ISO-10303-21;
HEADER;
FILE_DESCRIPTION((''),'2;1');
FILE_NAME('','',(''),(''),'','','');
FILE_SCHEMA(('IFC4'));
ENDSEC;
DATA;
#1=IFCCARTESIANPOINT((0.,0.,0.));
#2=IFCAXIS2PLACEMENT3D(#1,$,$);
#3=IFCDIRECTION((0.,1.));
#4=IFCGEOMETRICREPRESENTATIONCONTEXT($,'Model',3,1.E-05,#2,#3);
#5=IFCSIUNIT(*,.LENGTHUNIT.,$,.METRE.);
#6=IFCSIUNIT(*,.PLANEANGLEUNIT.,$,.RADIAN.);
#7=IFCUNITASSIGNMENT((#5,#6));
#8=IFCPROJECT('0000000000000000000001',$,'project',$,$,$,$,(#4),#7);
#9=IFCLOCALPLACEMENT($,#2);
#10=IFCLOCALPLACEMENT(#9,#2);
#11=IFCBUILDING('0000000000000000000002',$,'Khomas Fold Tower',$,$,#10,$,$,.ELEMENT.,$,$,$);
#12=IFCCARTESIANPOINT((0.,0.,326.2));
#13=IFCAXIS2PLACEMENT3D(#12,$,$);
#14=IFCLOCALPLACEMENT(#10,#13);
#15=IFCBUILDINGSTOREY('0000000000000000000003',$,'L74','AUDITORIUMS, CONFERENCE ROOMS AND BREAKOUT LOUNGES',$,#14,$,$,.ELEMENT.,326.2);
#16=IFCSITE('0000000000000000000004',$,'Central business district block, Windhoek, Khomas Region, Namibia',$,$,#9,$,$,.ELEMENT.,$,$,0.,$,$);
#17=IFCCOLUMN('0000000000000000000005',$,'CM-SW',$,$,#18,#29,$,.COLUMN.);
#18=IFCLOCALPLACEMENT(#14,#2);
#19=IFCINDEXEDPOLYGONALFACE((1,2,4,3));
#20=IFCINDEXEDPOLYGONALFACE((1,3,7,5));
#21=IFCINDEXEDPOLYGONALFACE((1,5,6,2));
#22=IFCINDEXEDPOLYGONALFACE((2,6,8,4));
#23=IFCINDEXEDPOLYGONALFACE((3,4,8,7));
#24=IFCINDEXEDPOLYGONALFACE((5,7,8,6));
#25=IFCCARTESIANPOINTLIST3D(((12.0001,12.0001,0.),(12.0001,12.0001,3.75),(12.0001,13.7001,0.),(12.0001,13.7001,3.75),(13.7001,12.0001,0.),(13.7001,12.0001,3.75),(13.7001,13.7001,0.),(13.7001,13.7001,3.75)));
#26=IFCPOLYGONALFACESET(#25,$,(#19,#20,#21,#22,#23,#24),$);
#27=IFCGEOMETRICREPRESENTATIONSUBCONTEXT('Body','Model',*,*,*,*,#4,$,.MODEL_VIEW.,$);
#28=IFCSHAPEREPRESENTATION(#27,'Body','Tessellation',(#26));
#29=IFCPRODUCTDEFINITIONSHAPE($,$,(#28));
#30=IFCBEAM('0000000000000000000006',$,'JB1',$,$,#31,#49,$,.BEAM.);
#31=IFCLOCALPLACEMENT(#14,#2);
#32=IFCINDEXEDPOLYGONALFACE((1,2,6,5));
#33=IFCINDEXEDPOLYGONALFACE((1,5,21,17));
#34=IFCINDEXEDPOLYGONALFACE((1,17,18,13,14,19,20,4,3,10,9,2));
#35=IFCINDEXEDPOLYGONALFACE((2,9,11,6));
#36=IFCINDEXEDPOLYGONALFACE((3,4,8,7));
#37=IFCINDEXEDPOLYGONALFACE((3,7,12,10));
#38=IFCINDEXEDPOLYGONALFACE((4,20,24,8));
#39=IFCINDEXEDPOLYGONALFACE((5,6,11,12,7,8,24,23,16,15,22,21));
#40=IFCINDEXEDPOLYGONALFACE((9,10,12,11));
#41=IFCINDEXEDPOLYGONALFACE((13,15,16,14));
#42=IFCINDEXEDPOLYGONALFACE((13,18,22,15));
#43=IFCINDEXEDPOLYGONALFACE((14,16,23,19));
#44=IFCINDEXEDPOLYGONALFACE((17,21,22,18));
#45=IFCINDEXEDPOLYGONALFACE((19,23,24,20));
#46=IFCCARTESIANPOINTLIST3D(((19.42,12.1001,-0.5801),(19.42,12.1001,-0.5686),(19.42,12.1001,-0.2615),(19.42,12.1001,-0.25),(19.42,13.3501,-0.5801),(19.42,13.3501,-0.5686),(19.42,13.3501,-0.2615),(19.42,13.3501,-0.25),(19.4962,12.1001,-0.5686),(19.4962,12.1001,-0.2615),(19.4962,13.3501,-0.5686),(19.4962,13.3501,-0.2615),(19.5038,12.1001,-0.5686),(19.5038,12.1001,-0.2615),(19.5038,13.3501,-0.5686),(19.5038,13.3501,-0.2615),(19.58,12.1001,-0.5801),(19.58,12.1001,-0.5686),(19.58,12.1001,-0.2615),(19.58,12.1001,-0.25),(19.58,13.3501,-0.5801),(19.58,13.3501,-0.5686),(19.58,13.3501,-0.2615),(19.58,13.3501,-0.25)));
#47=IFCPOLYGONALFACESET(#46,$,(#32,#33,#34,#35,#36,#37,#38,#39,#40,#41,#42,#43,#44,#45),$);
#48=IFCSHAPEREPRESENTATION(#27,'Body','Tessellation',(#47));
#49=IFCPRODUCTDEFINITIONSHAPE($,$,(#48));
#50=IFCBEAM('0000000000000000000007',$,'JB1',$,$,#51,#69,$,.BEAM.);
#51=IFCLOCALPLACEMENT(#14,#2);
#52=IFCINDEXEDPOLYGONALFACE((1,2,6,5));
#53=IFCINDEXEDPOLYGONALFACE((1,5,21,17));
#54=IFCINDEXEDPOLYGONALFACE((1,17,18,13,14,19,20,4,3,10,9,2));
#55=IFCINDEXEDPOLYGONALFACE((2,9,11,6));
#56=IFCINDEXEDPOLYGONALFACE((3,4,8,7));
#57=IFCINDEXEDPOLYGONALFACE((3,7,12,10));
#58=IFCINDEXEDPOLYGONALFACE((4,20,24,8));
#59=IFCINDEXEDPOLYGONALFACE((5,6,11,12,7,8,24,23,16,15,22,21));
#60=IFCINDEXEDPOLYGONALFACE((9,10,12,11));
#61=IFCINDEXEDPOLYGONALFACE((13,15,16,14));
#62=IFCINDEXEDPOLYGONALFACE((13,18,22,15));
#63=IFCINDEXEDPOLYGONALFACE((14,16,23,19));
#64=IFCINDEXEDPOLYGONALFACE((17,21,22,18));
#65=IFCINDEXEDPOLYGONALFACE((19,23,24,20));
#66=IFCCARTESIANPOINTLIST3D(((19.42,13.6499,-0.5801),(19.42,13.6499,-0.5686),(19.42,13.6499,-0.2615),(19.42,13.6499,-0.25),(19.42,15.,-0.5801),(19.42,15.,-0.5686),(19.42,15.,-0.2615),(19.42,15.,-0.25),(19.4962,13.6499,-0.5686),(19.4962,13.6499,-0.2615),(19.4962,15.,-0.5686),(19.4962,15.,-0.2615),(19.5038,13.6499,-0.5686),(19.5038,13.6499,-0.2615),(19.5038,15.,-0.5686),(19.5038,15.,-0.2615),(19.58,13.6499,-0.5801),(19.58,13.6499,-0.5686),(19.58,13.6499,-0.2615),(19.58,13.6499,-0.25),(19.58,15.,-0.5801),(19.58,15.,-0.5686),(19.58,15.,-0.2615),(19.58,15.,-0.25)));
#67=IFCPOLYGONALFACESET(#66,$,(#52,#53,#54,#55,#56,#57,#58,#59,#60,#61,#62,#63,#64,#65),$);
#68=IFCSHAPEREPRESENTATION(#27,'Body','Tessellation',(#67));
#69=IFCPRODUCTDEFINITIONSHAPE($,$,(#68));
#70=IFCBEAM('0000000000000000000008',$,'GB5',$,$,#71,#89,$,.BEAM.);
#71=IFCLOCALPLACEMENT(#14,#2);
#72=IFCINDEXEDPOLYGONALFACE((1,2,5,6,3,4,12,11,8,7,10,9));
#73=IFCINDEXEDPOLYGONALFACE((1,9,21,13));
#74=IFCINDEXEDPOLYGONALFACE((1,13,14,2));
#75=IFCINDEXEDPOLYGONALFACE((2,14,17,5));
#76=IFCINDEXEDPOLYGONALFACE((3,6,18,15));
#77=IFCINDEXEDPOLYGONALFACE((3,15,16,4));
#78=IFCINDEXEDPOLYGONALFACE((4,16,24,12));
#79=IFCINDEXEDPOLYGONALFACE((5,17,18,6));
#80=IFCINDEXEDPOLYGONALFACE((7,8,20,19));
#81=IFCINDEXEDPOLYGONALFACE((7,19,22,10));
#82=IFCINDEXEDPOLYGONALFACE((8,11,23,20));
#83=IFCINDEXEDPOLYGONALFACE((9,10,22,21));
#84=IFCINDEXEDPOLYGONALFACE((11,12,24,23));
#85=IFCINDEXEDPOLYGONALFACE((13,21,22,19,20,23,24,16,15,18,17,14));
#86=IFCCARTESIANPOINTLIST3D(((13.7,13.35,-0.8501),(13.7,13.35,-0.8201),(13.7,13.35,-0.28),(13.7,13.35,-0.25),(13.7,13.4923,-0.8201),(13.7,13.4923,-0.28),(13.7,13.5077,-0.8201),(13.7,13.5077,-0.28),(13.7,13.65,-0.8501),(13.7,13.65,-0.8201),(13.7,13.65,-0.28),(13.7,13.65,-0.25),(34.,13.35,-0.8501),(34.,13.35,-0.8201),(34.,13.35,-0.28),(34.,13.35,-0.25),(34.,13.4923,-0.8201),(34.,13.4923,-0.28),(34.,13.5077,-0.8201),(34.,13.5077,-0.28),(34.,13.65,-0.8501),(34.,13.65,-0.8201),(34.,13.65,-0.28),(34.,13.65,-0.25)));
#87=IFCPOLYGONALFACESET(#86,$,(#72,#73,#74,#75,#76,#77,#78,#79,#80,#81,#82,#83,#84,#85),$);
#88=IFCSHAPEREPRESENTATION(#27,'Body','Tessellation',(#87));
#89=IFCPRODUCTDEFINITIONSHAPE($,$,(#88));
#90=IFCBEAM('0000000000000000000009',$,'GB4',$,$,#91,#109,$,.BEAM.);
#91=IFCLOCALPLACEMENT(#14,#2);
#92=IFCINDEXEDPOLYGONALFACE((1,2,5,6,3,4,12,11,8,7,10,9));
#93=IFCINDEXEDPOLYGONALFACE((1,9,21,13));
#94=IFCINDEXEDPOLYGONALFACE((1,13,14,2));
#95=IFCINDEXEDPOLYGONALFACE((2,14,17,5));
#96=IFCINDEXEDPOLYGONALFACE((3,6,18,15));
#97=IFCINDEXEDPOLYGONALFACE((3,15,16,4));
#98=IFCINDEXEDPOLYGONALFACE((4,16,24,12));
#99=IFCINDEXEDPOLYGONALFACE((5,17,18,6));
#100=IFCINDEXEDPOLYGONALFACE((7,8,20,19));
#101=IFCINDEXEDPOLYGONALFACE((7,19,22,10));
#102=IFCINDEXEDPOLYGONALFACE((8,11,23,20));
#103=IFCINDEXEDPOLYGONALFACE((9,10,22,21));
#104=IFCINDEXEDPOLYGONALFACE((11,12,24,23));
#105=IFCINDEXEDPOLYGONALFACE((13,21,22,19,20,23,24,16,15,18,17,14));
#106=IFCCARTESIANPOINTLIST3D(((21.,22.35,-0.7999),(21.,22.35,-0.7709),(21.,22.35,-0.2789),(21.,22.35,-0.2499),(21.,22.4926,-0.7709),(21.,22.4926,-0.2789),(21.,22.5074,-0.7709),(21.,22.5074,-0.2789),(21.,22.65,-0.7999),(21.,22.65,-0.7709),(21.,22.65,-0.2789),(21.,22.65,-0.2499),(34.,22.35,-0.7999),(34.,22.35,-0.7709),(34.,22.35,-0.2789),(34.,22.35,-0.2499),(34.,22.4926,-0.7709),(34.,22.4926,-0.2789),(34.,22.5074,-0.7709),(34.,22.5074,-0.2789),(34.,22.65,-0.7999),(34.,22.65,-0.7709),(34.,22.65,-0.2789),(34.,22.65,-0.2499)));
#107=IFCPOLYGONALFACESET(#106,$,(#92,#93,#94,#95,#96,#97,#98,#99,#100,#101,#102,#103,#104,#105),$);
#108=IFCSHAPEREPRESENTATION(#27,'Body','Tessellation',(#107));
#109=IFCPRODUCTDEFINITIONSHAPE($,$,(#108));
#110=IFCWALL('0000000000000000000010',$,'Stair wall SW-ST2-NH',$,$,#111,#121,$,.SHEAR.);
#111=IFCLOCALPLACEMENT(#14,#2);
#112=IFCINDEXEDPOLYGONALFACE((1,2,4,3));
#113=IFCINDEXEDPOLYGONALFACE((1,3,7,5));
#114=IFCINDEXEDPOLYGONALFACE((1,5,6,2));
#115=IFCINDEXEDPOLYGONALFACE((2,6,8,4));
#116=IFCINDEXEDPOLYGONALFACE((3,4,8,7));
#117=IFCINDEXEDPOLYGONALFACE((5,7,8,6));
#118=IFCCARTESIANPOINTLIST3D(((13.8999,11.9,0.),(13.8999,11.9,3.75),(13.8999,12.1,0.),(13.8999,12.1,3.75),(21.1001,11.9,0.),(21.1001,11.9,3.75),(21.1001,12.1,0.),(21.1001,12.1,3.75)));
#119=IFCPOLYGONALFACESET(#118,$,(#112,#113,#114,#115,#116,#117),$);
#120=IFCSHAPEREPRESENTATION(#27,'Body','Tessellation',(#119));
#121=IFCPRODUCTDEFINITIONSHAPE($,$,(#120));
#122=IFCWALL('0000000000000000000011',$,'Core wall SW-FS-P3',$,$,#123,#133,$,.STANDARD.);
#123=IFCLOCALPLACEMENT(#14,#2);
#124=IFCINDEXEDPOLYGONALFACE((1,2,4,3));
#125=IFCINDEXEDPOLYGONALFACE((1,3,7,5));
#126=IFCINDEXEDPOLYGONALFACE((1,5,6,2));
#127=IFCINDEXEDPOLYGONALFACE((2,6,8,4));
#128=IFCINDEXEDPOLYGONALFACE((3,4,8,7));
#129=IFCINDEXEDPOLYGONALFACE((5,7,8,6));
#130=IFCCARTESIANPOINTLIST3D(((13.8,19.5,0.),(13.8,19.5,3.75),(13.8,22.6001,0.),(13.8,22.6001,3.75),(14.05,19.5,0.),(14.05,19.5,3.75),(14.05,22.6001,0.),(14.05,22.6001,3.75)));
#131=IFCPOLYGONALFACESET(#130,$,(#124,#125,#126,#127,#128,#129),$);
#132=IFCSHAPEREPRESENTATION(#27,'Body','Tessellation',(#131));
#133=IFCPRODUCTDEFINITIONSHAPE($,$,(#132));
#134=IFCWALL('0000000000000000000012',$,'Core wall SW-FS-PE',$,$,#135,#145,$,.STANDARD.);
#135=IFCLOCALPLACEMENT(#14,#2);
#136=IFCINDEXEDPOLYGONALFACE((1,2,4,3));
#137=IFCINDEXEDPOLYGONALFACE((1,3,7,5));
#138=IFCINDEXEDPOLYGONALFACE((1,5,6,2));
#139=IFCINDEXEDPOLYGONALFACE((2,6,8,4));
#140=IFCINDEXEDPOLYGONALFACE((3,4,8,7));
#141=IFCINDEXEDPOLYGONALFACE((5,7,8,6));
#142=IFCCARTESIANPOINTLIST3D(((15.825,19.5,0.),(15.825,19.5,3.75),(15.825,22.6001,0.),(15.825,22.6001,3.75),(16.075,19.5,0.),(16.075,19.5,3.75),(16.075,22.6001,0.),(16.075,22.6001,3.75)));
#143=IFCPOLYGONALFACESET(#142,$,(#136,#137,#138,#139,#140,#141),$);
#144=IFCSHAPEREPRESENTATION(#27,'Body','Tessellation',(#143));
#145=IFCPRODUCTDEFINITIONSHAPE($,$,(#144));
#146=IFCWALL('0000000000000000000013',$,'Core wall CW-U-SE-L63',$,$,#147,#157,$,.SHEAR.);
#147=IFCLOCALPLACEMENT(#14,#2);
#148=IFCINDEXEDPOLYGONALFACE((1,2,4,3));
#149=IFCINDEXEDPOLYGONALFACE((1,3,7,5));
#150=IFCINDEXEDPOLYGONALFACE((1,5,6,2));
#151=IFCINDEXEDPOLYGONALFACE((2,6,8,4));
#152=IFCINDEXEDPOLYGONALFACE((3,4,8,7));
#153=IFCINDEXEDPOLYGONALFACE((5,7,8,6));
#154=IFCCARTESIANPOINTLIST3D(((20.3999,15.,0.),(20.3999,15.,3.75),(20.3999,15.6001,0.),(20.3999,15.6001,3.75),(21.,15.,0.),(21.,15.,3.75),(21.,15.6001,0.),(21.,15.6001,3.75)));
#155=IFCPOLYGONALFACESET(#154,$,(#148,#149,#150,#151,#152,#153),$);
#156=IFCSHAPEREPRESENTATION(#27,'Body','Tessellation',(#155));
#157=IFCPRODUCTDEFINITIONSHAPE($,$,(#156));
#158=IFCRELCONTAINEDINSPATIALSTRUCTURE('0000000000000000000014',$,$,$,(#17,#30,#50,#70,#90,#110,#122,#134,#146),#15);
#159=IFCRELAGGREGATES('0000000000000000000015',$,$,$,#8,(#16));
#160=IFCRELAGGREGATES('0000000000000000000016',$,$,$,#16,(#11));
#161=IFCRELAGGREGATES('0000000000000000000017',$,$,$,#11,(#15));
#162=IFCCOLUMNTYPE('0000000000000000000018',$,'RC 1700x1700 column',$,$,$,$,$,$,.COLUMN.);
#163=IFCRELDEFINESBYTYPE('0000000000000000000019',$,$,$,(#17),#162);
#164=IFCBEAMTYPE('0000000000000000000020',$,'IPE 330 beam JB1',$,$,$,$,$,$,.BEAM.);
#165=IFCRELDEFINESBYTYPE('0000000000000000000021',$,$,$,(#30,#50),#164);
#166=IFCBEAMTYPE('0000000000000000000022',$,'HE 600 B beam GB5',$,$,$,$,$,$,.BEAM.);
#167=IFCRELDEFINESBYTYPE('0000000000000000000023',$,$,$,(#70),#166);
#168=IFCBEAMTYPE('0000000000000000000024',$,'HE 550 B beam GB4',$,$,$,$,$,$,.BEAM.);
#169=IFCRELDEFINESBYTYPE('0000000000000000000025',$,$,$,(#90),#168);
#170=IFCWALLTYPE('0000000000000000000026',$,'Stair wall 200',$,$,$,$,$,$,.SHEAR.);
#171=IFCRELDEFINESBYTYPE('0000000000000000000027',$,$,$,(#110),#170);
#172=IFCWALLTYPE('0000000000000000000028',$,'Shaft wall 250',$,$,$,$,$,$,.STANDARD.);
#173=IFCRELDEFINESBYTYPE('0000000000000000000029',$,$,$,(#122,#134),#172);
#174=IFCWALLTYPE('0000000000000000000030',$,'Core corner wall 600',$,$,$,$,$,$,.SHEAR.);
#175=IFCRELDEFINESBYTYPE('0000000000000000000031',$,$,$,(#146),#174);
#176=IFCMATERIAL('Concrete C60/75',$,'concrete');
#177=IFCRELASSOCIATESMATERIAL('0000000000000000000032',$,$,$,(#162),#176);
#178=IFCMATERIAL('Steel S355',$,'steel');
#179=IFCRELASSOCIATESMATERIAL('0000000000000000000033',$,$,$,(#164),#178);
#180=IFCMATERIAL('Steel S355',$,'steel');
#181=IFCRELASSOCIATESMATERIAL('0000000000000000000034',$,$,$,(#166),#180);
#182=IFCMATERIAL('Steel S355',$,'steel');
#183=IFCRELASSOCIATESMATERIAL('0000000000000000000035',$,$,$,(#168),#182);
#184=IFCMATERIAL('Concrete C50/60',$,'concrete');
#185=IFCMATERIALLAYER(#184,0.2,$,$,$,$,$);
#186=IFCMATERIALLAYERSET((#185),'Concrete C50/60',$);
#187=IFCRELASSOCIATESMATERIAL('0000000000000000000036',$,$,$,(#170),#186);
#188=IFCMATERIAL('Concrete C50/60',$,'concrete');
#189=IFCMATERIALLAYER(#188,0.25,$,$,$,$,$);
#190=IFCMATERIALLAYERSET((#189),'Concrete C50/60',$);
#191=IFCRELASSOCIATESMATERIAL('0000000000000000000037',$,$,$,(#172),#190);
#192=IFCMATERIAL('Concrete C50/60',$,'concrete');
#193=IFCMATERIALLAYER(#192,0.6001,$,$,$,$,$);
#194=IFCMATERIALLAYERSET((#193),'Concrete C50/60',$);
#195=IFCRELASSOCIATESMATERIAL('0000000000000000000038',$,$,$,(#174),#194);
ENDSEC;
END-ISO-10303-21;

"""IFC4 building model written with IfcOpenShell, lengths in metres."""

from ifc_helpers import new_model, si_unit, direction, frame, frame_2d, origin, origin_2d, place, context, subcontext, project, spatial, rectangle, i_section, extrude, source, transform, mapped, material, layer, layer_set, material_profile, profile_set, type_object, element, save


model = new_model("IFC4")

# Units and contexts
model_context = context("Model", 3, precision=1e-05, world=origin(), true_north=direction((0.0, 1.0)))
body_context = subcontext(model_context, "Body", "Model", "MODEL_VIEW")
ifc_project = project(units=[si_unit("LENGTHUNIT", "METRE"), si_unit("PLANEANGLEUNIT", "RADIAN")], contexts=[model_context])

# Site, building, storey
site_placement = place(None, origin())
site = spatial("IfcSite", under=ifc_project, at=site_placement, Name="Central business district block, Windhoek, Khomas Region, Namibia", CompositionType="ELEMENT", RefElevation=0.0)
building_placement = place(site_placement, origin())
building = spatial("IfcBuilding", under=site, at=building_placement, Name="Khomas Fold Tower", CompositionType="ELEMENT")
storey_placement = place(building_placement, frame((0.0, 0.0, 326.2)))
storey = spatial("IfcBuildingStorey", under=building, at=storey_placement, Name="L74", Description="AUDITORIUMS, CONFERENCE ROOMS AND BREAKOUT LOUNGES", CompositionType="ELEMENT", Elevation=326.2)

# Column
ifc_material_1 = material(Name="Concrete C60/75", Category="concrete")
ifc_material_profile_1 = material_profile(ifc_material_1, rectangle(XDim=1.7, YDim=1.7, at=origin_2d()), Name="RC 1700x1700")
ifc_profile_set_1 = profile_set([ifc_material_profile_1], Name="Concrete C60/75")
column_type = type_object("IfcColumnType", Name="RC 1700x1700 column", PredefinedType="COLUMN", material=ifc_profile_set_1)
shared_shape_1 = source(origin(), body_context, "Body", "SweptSolid", [
    extrude(rectangle(XDim=1.7, YDim=1.7, at=origin_2d()), origin(), (0.0, 0.0, 1.0), 3.75),
])
column_placement = place(storey_placement, frame((12.8501, 12.8501, 0.0), z_axis=(0.0, 0.0, 1.0), x_axis=(1.0, 0.0, 0.0)))
element("IfcColumn", 1, at=column_placement, inside=storey, type_object=column_type, Name="CM-SW", PredefinedType="COLUMN", context=body_context, shape_type="MappedRepresentation", body=[
    mapped(shared_shape_1, transform((0.0, 0.0, 0.0))),
])

# Beams
ifc_material_2 = material(Name="Steel S355", Category="steel")
ifc_material_profile_2 = material_profile(ifc_material_2, i_section(OverallWidth=0.1599, OverallDepth=0.3301, WebThickness=0.0076, FlangeThickness=0.0115, at=origin_2d()), Name="IPE 330")
ifc_profile_set_2 = profile_set([ifc_material_profile_2], Name="Steel S355")
beam_type_1 = type_object("IfcBeamType", Name="IPE 330 beam JB1", PredefinedType="BEAM", material=ifc_profile_set_2)
shared_shape_2 = source(origin(), body_context, "Body", "SweptSolid", [
    extrude(i_section(OverallWidth=0.1599, OverallDepth=0.3301, WebThickness=0.0076, FlangeThickness=0.0115, at=origin_2d()), origin(), (0.0, 0.0, 1.0), 1.25),
])
beam_1_placement = place(storey_placement, frame((19.5, 12.1001, -0.415), z_axis=(0.0, 1.0, 0.0), x_axis=(-1.0, 0.0, 0.0)))
element("IfcBeam", 2, at=beam_1_placement, inside=storey, type_object=beam_type_1, Name="JB1", PredefinedType="BEAM", context=body_context, shape_type="MappedRepresentation", body=[
    mapped(shared_shape_2, transform((0.0, 0.0, 0.0))),
])
shared_shape_3 = source(origin(), body_context, "Body", "SweptSolid", [
    extrude(i_section(OverallWidth=0.1599, OverallDepth=0.3301, WebThickness=0.0076, FlangeThickness=0.0115, at=origin_2d()), origin(), (0.0, 0.0, 1.0), 1.3501),
])
beam_2_placement = place(storey_placement, frame((19.5, 13.6499, -0.415), z_axis=(0.0, 1.0, 0.0), x_axis=(-1.0, 0.0, 0.0)))
element("IfcBeam", 3, at=beam_2_placement, inside=storey, type_object=beam_type_1, Name="JB1", PredefinedType="BEAM", context=body_context, shape_type="MappedRepresentation", body=[
    mapped(shared_shape_3, transform((0.0, 0.0, 0.0))),
])
ifc_material_3 = material(Name="Steel S355", Category="steel")
ifc_material_profile_3 = material_profile(ifc_material_3, i_section(OverallWidth=0.3, OverallDepth=0.6001, WebThickness=0.0154, FlangeThickness=0.03, at=origin_2d()), Name="HE 600 B")
ifc_profile_set_3 = profile_set([ifc_material_profile_3], Name="Steel S355")
beam_type_2 = type_object("IfcBeamType", Name="HE 600 B beam GB5", PredefinedType="BEAM", material=ifc_profile_set_3)
shared_shape_4 = source(origin(), body_context, "Body", "SweptSolid", [
    extrude(i_section(OverallWidth=0.3, OverallDepth=0.6001, WebThickness=0.0154, FlangeThickness=0.03, at=origin_2d()), origin(), (0.0, 0.0, 1.0), 20.3),
])
beam_3_placement = place(storey_placement, frame((13.7, 13.5, -0.55), z_axis=(1.0, 0.0, 0.0), x_axis=(0.0, 1.0, 0.0)))
element("IfcBeam", 4, at=beam_3_placement, inside=storey, type_object=beam_type_2, Name="GB5", PredefinedType="BEAM", context=body_context, shape_type="MappedRepresentation", body=[
    mapped(shared_shape_4, transform((0.0, 0.0, 0.0))),
])
ifc_material_4 = material(Name="Steel S355", Category="steel")
ifc_material_profile_4 = material_profile(ifc_material_4, i_section(OverallWidth=0.3, OverallDepth=0.55, WebThickness=0.0149, FlangeThickness=0.0291, at=origin_2d()), Name="HE 550 B")
ifc_profile_set_4 = profile_set([ifc_material_profile_4], Name="Steel S355")
beam_type_3 = type_object("IfcBeamType", Name="HE 550 B beam GB4", PredefinedType="BEAM", material=ifc_profile_set_4)
shared_shape_5 = source(origin(), body_context, "Body", "SweptSolid", [
    extrude(i_section(OverallWidth=0.3, OverallDepth=0.55, WebThickness=0.0149, FlangeThickness=0.0291, at=origin_2d()), origin(), (0.0, 0.0, 1.0), 13.0),
])
beam_4_placement = place(storey_placement, frame((21.0, 22.5, -0.5249), z_axis=(1.0, 0.0, 0.0), x_axis=(0.0, 1.0, 0.0)))
element("IfcBeam", 5, at=beam_4_placement, inside=storey, type_object=beam_type_3, Name="GB4", PredefinedType="BEAM", context=body_context, shape_type="MappedRepresentation", body=[
    mapped(shared_shape_5, transform((0.0, 0.0, 0.0))),
])

# Walls
ifc_material_5 = material(Name="Concrete C50/60", Category="concrete")
ifc_layer_1 = layer(ifc_material_5, 0.2)
ifc_layer_set_1 = layer_set([ifc_layer_1], Name="Concrete C50/60")
wall_type_1 = type_object("IfcWallType", Name="Stair wall 200", PredefinedType="SHEAR", material=ifc_layer_set_1)
shared_shape_6 = source(origin(), body_context, "Body", "SweptSolid", [
    extrude(rectangle(XDim=7.2002, YDim=0.2, at=frame_2d((3.6001, 0.0))), origin(), (0.0, 0.0, 1.0), 3.75),
])
wall_1_placement = place(storey_placement, frame((13.8999, 12.0, 0.0), z_axis=(0.0, 0.0, 1.0), x_axis=(1.0, 0.0, 0.0)))
element("IfcWall", 6, at=wall_1_placement, inside=storey, type_object=wall_type_1, Name="Stair wall SW-ST2-NH", PredefinedType="SHEAR", context=body_context, shape_type="MappedRepresentation", body=[
    mapped(shared_shape_6, transform((0.0, 0.0, 0.0))),
])
ifc_material_6 = material(Name="Concrete C50/60", Category="concrete")
ifc_layer_2 = layer(ifc_material_6, 0.25)
ifc_layer_set_2 = layer_set([ifc_layer_2], Name="Concrete C50/60")
wall_type_2 = type_object("IfcWallType", Name="Shaft wall 250", PredefinedType="STANDARD", material=ifc_layer_set_2)
shared_shape_7 = source(origin(), body_context, "Body", "SweptSolid", [
    extrude(rectangle(XDim=3.1001, YDim=0.25, at=frame_2d((1.55, 0.0))), origin(), (0.0, 0.0, 1.0), 3.75),
])
for number, where, z_axis, x_axis, name in (
    (7, (13.925, 19.5, 0.0), (0.0, 0.0, 1.0), (0.0, 1.0, 0.0), "Core wall SW-FS-P3"),
    (8, (15.95, 19.5, 0.0), (0.0, 0.0, 1.0), (0.0, 1.0, 0.0), "Core wall SW-FS-PE"),
):
    element("IfcWall", number, at=place(storey_placement, frame(where, z_axis=z_axis, x_axis=x_axis)), inside=storey, type_object=wall_type_2, Name=name, PredefinedType="STANDARD", context=body_context, shape_type="MappedRepresentation", body=[
        mapped(shared_shape_7, transform((0.0, 0.0, 0.0))),
    ])
ifc_material_7 = material(Name="Concrete C50/60", Category="concrete")
ifc_layer_3 = layer(ifc_material_7, 0.6001)
ifc_layer_set_3 = layer_set([ifc_layer_3], Name="Concrete C50/60")
wall_type_3 = type_object("IfcWallType", Name="Core corner wall 600", PredefinedType="SHEAR", material=ifc_layer_set_3)
shared_shape_8 = source(origin(), body_context, "Body", "SweptSolid", [
    extrude(rectangle(XDim=0.6001, YDim=0.6001, at=frame_2d((0.3, 0.0))), origin(), (0.0, 0.0, 1.0), 3.75),
])
wall_2_placement = place(storey_placement, frame((20.3999, 15.3, 0.0), z_axis=(0.0, 0.0, 1.0), x_axis=(1.0, 0.0, 0.0)))
element("IfcWall", 9, at=wall_2_placement, inside=storey, type_object=wall_type_3, Name="Core wall CW-U-SE-L63", PredefinedType="SHEAR", context=body_context, shape_type="MappedRepresentation", body=[
    mapped(shared_shape_8, transform((0.0, 0.0, 0.0))),
])

save(model, "model.ifc")
